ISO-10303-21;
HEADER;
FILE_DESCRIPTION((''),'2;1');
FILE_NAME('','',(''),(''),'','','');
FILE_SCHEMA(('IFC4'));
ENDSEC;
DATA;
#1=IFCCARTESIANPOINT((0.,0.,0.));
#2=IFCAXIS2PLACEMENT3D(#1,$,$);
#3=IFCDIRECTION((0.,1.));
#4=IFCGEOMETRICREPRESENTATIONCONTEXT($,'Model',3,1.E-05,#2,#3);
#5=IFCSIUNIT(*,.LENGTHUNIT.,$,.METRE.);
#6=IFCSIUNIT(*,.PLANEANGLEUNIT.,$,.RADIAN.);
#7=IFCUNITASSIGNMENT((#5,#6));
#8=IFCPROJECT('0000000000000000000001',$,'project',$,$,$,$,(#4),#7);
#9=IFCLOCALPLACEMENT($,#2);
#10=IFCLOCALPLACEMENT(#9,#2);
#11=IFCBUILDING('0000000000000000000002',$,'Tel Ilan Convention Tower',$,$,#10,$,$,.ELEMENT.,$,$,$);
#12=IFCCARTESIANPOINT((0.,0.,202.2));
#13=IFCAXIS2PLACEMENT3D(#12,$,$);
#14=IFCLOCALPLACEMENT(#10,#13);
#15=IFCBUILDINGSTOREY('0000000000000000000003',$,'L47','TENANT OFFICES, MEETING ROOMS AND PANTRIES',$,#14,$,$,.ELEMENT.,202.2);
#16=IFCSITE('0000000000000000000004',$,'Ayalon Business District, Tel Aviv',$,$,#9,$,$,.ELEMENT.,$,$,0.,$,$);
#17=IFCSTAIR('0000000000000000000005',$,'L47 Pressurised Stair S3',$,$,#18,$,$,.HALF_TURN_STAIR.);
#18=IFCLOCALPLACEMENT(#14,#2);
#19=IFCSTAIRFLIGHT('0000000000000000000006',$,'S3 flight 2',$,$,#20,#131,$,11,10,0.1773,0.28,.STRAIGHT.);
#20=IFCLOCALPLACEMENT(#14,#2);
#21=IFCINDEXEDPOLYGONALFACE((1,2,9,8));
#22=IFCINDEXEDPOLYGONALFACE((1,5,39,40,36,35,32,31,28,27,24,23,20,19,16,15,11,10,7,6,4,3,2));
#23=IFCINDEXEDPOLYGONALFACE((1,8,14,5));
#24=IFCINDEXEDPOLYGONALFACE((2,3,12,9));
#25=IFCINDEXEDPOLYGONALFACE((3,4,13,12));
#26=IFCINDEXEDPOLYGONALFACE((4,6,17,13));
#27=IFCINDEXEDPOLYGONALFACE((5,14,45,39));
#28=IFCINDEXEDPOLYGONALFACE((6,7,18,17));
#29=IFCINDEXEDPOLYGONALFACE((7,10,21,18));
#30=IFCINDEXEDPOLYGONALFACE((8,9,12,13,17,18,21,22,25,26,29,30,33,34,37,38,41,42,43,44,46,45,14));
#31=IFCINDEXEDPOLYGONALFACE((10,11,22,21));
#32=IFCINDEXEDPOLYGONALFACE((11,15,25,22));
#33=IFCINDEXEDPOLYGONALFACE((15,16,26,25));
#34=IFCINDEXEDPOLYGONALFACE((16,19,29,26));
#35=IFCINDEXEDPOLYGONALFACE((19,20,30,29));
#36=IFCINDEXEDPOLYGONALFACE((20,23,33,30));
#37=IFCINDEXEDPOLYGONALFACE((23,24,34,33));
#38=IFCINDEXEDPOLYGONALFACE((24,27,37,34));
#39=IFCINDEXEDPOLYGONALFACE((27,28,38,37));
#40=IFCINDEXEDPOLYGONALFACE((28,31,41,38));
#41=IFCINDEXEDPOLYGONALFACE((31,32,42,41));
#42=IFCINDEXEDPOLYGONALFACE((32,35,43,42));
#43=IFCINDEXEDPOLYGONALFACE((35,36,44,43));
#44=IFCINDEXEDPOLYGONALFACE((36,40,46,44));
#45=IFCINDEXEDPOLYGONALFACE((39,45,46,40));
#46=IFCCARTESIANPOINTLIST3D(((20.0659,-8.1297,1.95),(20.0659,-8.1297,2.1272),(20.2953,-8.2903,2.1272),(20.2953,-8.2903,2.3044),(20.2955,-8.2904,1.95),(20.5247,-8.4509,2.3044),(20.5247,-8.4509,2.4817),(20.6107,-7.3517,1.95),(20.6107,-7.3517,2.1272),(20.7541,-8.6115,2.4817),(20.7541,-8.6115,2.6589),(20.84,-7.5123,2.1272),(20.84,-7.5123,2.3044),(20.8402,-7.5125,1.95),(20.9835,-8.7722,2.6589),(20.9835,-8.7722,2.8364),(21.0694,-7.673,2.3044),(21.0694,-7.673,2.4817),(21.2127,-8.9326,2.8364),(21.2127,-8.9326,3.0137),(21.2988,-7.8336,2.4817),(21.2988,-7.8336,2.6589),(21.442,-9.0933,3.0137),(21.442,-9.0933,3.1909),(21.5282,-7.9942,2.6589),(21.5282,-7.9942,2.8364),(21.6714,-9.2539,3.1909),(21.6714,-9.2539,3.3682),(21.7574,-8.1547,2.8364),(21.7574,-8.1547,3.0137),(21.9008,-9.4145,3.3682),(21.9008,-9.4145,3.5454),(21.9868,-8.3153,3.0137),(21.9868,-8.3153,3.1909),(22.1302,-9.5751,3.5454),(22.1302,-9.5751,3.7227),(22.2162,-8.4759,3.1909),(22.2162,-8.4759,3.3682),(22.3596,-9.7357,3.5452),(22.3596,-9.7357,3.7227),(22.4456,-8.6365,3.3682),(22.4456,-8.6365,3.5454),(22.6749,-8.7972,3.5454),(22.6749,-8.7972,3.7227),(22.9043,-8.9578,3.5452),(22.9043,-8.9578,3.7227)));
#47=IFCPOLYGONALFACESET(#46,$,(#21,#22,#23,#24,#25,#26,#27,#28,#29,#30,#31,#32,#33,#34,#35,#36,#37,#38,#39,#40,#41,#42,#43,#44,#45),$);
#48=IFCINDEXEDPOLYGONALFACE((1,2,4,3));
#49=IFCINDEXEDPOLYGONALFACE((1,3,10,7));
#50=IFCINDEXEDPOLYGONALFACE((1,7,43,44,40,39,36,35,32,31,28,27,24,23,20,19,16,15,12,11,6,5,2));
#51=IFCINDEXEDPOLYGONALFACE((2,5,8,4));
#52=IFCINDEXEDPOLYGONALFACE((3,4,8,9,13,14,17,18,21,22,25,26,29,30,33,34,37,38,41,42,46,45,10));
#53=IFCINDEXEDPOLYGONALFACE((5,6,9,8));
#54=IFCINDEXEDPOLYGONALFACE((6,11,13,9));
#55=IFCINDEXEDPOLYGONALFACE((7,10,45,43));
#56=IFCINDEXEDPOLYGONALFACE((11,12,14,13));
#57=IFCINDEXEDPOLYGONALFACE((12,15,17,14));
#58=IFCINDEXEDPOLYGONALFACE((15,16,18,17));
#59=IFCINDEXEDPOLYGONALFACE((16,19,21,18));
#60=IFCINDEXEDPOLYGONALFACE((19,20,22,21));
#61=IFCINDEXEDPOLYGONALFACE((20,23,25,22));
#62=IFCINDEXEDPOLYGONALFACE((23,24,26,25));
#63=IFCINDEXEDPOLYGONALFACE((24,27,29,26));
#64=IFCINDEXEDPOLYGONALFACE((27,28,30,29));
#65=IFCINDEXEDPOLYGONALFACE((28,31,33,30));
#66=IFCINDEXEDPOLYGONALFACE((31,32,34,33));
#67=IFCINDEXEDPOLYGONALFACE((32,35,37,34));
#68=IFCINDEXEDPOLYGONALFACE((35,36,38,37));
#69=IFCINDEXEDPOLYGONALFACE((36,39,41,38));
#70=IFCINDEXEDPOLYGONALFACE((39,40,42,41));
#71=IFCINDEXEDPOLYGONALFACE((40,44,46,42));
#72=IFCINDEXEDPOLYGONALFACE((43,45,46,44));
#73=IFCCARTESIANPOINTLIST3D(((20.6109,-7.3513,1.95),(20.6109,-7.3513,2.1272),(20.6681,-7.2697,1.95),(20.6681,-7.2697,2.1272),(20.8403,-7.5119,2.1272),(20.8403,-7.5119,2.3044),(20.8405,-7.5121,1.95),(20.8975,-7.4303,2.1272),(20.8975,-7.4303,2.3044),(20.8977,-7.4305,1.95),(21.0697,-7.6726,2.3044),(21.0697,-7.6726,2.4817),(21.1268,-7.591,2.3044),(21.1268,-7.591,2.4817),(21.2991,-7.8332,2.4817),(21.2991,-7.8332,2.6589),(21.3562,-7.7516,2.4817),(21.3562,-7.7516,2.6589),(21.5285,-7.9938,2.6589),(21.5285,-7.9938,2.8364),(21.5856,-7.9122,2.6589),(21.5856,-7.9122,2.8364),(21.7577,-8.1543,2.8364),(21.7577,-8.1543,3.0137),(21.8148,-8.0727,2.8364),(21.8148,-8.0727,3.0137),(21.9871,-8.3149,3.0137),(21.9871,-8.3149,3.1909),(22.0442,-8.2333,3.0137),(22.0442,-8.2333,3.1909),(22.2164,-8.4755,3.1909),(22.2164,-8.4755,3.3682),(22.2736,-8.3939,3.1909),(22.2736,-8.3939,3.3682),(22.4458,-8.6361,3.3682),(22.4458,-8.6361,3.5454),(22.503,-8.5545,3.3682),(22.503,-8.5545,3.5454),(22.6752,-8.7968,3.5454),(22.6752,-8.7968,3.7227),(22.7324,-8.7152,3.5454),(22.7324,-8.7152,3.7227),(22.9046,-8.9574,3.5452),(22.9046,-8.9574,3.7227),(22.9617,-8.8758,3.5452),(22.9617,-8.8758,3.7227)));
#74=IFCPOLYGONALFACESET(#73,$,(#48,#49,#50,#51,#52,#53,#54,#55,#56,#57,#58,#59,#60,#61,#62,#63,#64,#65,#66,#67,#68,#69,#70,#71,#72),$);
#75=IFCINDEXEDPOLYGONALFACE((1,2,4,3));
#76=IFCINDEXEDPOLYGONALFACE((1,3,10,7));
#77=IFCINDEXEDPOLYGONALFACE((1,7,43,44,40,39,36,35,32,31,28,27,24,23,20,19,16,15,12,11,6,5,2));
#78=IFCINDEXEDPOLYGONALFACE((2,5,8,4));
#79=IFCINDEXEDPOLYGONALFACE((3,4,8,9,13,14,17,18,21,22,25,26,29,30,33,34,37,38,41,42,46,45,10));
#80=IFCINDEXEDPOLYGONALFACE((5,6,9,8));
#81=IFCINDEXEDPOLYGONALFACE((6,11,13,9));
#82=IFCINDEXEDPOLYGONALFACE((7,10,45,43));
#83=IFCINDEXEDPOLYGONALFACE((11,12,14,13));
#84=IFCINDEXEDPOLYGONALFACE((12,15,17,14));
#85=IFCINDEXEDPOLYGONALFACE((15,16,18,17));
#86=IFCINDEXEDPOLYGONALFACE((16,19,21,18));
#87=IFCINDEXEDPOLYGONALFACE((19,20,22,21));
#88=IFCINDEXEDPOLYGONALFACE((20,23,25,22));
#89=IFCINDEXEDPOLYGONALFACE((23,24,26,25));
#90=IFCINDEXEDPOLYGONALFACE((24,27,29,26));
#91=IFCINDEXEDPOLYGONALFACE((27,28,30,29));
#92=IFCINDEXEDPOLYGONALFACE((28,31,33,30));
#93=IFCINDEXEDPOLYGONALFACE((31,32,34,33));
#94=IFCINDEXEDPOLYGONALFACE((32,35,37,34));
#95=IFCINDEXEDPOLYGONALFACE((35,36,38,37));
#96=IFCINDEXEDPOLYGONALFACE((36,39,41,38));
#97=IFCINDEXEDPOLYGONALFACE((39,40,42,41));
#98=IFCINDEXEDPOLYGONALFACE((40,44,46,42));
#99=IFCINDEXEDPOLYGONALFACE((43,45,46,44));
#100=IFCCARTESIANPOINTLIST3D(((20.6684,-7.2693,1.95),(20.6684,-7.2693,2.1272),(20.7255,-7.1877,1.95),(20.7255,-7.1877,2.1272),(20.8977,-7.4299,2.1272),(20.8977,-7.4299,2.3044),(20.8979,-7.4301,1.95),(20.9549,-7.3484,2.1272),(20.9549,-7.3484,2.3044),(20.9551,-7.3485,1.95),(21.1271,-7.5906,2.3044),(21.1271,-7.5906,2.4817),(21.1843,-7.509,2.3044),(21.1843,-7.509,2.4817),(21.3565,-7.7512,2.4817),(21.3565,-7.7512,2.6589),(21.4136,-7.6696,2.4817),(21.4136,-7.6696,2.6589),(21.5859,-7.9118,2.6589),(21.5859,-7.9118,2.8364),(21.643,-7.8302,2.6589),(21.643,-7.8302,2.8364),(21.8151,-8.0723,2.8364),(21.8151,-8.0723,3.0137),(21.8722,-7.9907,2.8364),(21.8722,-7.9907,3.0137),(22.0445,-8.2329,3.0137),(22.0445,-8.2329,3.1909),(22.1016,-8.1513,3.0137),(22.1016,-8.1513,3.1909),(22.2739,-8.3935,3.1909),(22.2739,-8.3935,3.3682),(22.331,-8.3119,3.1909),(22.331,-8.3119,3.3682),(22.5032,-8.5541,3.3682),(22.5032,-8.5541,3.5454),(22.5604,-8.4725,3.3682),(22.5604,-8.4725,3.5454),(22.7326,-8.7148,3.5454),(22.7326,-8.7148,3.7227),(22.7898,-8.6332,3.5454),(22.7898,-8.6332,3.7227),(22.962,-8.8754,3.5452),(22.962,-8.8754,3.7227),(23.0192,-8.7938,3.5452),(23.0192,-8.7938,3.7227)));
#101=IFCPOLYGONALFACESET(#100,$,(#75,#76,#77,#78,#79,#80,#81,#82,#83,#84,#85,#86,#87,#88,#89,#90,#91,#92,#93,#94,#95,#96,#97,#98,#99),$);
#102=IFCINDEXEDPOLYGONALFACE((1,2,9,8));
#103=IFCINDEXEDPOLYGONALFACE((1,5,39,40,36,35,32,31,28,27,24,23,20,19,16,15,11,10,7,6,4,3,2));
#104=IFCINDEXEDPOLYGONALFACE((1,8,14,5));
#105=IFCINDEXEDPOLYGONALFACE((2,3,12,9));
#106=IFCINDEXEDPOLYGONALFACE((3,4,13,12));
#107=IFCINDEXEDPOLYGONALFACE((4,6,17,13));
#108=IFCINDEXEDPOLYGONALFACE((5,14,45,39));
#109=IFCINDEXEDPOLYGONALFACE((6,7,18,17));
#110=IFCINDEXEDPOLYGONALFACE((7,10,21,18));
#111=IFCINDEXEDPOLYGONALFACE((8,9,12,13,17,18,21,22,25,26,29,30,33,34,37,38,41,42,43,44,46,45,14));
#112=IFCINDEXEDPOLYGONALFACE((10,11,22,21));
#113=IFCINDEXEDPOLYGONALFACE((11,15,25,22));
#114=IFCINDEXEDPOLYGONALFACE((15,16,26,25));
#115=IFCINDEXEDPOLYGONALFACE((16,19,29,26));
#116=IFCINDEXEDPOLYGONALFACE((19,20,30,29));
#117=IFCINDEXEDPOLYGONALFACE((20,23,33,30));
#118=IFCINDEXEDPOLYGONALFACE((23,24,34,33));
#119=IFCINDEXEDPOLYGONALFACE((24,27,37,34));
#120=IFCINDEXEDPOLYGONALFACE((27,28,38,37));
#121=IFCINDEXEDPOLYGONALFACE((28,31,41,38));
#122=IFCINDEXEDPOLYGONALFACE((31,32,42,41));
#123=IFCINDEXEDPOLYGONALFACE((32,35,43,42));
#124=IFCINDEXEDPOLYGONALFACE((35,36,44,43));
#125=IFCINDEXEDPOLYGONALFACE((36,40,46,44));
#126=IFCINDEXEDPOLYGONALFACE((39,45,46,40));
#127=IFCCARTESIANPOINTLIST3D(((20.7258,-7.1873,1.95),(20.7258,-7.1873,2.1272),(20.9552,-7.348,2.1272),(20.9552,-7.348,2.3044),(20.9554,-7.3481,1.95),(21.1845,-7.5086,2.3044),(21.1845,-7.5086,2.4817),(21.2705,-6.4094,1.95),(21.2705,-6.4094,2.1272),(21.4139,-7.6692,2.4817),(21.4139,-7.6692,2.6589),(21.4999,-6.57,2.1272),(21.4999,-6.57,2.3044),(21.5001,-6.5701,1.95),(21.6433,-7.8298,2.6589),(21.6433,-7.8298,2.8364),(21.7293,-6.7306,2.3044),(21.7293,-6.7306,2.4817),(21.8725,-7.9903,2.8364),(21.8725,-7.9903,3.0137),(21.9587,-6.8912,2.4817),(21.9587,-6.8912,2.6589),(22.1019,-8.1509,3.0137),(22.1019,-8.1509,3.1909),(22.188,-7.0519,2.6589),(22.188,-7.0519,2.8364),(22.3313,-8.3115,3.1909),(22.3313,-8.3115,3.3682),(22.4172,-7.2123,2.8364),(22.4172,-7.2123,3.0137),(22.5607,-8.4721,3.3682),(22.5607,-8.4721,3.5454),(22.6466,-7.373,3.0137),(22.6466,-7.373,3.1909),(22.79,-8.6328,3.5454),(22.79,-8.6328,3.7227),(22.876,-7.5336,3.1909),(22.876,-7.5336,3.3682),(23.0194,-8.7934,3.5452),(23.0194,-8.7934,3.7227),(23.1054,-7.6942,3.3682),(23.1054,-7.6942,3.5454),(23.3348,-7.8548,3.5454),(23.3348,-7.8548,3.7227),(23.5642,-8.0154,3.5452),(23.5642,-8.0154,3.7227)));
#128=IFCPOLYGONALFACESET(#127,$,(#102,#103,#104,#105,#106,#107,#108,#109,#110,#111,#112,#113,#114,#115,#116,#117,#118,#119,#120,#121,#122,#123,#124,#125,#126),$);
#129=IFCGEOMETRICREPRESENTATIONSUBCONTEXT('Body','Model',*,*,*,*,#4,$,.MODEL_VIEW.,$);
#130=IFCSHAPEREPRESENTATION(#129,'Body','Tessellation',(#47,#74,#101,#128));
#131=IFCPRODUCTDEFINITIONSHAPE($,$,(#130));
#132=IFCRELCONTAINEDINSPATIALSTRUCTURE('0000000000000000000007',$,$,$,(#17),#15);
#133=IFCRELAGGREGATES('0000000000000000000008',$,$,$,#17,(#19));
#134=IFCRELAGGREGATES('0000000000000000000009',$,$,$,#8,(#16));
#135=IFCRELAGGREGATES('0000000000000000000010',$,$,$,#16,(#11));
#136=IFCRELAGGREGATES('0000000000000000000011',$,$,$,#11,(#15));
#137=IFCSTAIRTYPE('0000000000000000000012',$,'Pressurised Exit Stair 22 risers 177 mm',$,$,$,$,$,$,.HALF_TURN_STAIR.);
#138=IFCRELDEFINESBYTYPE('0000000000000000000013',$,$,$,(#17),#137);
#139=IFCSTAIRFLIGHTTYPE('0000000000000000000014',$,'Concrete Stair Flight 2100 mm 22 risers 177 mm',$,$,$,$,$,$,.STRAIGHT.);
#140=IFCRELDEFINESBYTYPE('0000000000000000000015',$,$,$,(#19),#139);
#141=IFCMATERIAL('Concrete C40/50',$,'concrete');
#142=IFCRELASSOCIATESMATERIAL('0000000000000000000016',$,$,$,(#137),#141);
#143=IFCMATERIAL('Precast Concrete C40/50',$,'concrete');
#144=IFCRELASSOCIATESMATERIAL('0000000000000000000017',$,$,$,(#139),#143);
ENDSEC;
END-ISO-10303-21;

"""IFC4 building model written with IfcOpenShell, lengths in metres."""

from ifc_helpers import new_model, si_unit, direction, frame, origin, place, context, subcontext, project, spatial, polyline, outline, extrude, material, type_object, element, aggregate, save


model = new_model("IFC4")

# Units and contexts
model_context = context("Model", 3, precision=1e-05, world=origin(), true_north=direction((0.0, 1.0)))
body_context = subcontext(model_context, "Body", "Model", "MODEL_VIEW")
ifc_project = project(units=[si_unit("LENGTHUNIT", "METRE"), si_unit("PLANEANGLEUNIT", "RADIAN")], contexts=[model_context])

# Site, building, storey
site_placement = place(None, origin())
site = spatial("IfcSite", under=ifc_project, at=site_placement, Name="Ayalon Business District, Tel Aviv", CompositionType="ELEMENT", RefElevation=0.0)
building_placement = place(site_placement, origin())
building = spatial("IfcBuilding", under=site, at=building_placement, Name="Tel Ilan Convention Tower", CompositionType="ELEMENT")
storey_placement = place(building_placement, frame((0.0, 0.0, 202.2)))
storey = spatial("IfcBuildingStorey", under=building, at=storey_placement, Name="L47", Description="TENANT OFFICES, MEETING ROOMS AND PANTRIES", CompositionType="ELEMENT", Elevation=202.2)

# Stair, stair flight
ifc_material_1 = material(Name="Concrete C40/50", Category="concrete")
stair_type = type_object("IfcStairType", Name="Pressurised Exit Stair 22 risers 177 mm", PredefinedType="HALF_TURN_STAIR", material=ifc_material_1)
stair_1_placement = place(storey_placement, origin())
stair_1 = element("IfcStair", 1, at=stair_1_placement, inside=storey, type_object=stair_type, Name="L47 Pressurised Stair S3", PredefinedType="HALF_TURN_STAIR")
ifc_material_2 = material(Name="Precast Concrete C40/50", Category="concrete")
stair_flight_type = type_object("IfcStairFlightType", Name="Concrete Stair Flight 2100 mm 22 risers 177 mm", PredefinedType="STRAIGHT", material=ifc_material_2)
stair_flight_1_placement = place(storey_placement, frame((20.6682, -7.2695, 1.95), z_axis=(0.0, 0.0, 1.0), x_axis=(0.819152, -0.573576, 0.0)))
stair_flight_1 = element("IfcStairFlight", 2, at=stair_flight_1_placement, type_object=stair_flight_type, Name="S3 flight 2", NumberOfRisers=11, NumberOfTreads=10, PredefinedType="STRAIGHT", RiserHeight=0.1773, TreadLength=0.28, context=body_context, shape_type="SweptSolid", body=[
    extrude(outline(polyline([(0.0, 0.0), (0.0, 0.1772), (0.28, 0.1772), (0.28, 0.3545), (0.5601, 0.3545), (0.5601, 0.5317), (0.8401, 0.5317), (0.8401, 0.709), (1.1201, 0.709), (1.1201, 0.8865), (1.3999, 0.8865), (1.3999, 1.0637), (1.6799, 1.0637), (1.6799, 1.241), (1.96, 1.241), (1.96, 1.4182), (2.24, 1.4182), (2.24, 1.5955), (2.52, 1.5955), (2.52, 1.7727), (2.8, 1.7727), (2.8, 1.95), (2.8, 1.5952), (0.2803, 0.0), (0.0, 0.0)])), frame((0.0, -0.1003, 0.0), z_axis=(0.0, -1.0, 0.0), x_axis=(1.0, 0.0, 0.0)), (0.0, 0.0, 1.0), 0.9497),
    extrude(outline(polyline([(0.0, 0.0), (0.0, 0.1772), (0.28, 0.1772), (0.28, 0.3545), (0.5601, 0.3545), (0.5601, 0.5317), (0.8401, 0.5317), (0.8401, 0.709), (1.1201, 0.709), (1.1201, 0.8865), (1.3999, 0.8865), (1.3999, 1.0637), (1.6799, 1.0637), (1.6799, 1.241), (1.96, 1.241), (1.96, 1.4182), (2.24, 1.4182), (2.24, 1.5955), (2.52, 1.5955), (2.52, 1.7727), (2.8, 1.7727), (2.8, 1.95), (2.8, 1.5952), (0.2803, 0.0), (0.0, 0.0)])), frame((0.0, -0.0002, 0.0), z_axis=(0.0, -1.0, 0.0), x_axis=(1.0, 0.0, 0.0)), (0.0, 0.0, 1.0), 0.0996),
    extrude(outline(polyline([(0.0, 0.0), (0.0, 0.1772), (0.28, 0.1772), (0.28, 0.3545), (0.5601, 0.3545), (0.5601, 0.5317), (0.8401, 0.5317), (0.8401, 0.709), (1.1201, 0.709), (1.1201, 0.8865), (1.3999, 0.8865), (1.3999, 1.0637), (1.6799, 1.0637), (1.6799, 1.241), (1.96, 1.241), (1.96, 1.4182), (2.24, 1.4182), (2.24, 1.5955), (2.52, 1.5955), (2.52, 1.7727), (2.8, 1.7727), (2.8, 1.95), (2.8, 1.5952), (0.2803, 0.0), (0.0, 0.0)])), frame((0.0, 0.0999, 0.0), z_axis=(0.0, -1.0, 0.0), x_axis=(1.0, 0.0, 0.0)), (0.0, 0.0, 1.0), 0.0996),
    extrude(outline(polyline([(0.0, 0.0), (0.0, 0.1772), (0.28, 0.1772), (0.28, 0.3545), (0.5601, 0.3545), (0.5601, 0.5317), (0.8401, 0.5317), (0.8401, 0.709), (1.1201, 0.709), (1.1201, 0.8865), (1.3999, 0.8865), (1.3999, 1.0637), (1.6799, 1.0637), (1.6799, 1.241), (1.96, 1.241), (1.96, 1.4182), (2.24, 1.4182), (2.24, 1.5955), (2.52, 1.5955), (2.52, 1.7727), (2.8, 1.7727), (2.8, 1.95), (2.8, 1.5952), (0.2803, 0.0), (0.0, 0.0)])), frame((0.0, 1.05, 0.0), z_axis=(0.0, -1.0, 0.0), x_axis=(1.0, 0.0, 0.0)), (0.0, 0.0, 1.0), 0.9497),
])
aggregate(stair_1, [stair_flight_1])

save(model, "model.ifc")
